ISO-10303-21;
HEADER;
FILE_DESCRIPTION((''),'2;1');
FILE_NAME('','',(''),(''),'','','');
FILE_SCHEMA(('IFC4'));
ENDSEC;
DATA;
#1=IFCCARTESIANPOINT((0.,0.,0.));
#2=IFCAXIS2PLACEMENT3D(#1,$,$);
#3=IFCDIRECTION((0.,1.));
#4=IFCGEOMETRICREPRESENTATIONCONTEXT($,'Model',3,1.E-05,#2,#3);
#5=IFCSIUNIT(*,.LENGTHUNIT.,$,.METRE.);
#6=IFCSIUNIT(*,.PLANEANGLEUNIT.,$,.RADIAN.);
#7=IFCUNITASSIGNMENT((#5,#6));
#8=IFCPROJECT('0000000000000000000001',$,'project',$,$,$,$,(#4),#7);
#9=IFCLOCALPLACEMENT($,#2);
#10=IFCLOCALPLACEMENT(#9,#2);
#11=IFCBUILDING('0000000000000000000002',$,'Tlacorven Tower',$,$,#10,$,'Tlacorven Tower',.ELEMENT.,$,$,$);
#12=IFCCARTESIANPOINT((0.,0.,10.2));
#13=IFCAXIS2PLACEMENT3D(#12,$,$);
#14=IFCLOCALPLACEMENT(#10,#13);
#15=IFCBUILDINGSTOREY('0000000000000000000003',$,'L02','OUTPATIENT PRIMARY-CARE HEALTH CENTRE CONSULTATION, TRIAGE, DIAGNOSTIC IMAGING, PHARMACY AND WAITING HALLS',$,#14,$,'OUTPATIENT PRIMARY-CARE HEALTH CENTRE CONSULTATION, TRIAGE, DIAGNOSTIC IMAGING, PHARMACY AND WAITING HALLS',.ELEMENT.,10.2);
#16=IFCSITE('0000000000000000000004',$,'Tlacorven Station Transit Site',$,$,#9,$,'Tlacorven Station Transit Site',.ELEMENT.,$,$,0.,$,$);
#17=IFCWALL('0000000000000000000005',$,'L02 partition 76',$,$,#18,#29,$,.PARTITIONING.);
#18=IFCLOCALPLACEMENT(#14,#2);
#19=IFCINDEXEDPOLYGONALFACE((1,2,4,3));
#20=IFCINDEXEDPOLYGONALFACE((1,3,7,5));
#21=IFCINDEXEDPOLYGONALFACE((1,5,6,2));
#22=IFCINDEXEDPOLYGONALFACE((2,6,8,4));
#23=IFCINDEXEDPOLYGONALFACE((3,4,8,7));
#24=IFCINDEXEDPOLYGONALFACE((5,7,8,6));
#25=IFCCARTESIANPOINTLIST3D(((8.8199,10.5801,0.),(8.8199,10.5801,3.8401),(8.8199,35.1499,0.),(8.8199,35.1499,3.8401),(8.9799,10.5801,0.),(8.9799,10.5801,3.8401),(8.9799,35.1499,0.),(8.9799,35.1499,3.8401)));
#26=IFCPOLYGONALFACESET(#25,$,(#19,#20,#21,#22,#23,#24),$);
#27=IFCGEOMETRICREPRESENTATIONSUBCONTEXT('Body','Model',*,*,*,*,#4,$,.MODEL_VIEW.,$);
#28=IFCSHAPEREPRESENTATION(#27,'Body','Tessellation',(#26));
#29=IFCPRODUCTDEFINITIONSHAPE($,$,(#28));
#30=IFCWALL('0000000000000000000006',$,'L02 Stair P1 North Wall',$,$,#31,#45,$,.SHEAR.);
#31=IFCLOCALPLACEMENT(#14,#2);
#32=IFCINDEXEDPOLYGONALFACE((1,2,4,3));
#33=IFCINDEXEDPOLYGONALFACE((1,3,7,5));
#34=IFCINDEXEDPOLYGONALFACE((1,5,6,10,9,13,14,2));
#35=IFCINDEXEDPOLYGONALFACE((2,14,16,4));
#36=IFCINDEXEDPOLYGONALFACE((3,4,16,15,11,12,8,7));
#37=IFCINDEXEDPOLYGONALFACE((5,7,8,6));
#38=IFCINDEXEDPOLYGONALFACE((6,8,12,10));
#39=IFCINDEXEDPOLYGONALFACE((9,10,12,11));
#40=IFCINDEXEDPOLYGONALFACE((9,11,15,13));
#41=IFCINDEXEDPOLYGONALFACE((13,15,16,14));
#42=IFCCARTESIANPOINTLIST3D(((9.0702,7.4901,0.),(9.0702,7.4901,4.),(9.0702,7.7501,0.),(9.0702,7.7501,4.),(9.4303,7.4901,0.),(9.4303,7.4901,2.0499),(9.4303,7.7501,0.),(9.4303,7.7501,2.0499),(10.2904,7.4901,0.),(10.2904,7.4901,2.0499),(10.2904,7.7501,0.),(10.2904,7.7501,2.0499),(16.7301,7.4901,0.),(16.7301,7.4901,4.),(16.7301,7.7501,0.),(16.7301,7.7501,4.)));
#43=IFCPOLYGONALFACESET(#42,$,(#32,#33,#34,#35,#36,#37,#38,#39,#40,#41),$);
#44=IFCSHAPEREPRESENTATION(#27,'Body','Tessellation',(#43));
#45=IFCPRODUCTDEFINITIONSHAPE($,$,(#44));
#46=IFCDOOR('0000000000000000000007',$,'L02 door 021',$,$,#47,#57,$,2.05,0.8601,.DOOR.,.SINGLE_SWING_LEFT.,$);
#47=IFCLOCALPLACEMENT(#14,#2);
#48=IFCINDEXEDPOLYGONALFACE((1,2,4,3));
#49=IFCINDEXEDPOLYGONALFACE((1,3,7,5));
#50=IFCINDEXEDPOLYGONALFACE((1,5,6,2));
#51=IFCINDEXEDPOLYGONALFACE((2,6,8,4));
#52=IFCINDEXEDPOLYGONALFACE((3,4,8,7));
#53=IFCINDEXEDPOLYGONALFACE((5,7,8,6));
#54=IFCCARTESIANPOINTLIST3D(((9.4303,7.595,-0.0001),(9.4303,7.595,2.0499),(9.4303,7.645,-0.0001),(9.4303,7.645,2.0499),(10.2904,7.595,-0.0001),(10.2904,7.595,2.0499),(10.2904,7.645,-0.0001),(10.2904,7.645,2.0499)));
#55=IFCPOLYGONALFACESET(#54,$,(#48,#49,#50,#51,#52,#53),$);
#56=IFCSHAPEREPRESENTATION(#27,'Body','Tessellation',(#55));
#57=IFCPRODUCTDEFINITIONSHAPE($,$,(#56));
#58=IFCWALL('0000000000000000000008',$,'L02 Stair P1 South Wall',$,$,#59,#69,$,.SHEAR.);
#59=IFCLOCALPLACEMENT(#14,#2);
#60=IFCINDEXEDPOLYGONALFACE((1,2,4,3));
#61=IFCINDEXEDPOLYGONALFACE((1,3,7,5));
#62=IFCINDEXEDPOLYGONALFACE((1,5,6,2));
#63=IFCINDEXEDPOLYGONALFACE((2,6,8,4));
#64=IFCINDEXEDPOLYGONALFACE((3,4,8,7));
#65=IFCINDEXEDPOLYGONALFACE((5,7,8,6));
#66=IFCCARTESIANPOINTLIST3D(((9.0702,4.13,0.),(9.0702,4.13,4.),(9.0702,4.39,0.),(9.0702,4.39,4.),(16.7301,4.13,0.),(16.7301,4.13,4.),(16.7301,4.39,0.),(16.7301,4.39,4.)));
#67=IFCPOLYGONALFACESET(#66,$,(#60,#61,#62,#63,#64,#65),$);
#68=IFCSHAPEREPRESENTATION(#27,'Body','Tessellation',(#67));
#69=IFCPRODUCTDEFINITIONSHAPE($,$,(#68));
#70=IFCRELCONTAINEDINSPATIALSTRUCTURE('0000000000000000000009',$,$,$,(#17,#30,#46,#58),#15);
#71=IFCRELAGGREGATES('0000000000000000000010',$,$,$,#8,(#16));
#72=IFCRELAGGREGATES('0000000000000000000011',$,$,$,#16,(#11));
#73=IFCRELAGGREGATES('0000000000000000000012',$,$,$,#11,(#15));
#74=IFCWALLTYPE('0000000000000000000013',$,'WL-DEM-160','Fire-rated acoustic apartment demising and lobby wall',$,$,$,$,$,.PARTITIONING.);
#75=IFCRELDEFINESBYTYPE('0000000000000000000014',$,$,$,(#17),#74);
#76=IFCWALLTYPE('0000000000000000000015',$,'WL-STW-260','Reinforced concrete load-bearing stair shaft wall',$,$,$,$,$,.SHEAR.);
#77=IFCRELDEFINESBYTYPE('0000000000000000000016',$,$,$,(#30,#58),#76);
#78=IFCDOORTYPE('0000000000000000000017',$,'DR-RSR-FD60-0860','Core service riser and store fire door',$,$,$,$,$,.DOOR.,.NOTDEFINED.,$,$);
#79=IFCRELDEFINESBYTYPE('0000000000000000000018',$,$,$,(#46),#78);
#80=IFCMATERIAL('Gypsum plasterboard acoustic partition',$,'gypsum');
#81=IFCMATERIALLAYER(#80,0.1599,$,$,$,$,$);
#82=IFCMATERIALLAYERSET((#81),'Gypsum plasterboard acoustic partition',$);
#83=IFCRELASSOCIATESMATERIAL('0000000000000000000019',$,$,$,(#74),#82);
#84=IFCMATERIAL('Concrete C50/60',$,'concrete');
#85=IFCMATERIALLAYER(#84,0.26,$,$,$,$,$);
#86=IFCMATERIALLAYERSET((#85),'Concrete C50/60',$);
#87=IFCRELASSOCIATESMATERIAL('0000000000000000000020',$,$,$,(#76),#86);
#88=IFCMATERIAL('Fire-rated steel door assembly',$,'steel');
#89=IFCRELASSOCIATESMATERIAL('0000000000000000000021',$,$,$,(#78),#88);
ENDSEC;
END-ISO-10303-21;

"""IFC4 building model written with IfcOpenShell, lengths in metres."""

from ifc_helpers import new_model, si_unit, direction, frame, frame_2d, origin, place, context, subcontext, project, spatial, rectangle, extrude, source, transform, mapped, material, layer, layer_set, type_object, element, fill, save


model = new_model("IFC4")

# Units and contexts
model_context = context("Model", 3, precision=1e-05, world=origin(), true_north=direction((0.0, 1.0)))
body_context = subcontext(model_context, "Body", "Model", "MODEL_VIEW")
ifc_project = project(units=[si_unit("LENGTHUNIT", "METRE"), si_unit("PLANEANGLEUNIT", "RADIAN")], contexts=[model_context])

# Site, building, storey
site_placement = place(None, origin())
site = spatial("IfcSite", under=ifc_project, at=site_placement, Name="Tlacorven Station Transit Site", LongName="Tlacorven Station Transit Site", CompositionType="ELEMENT", RefElevation=0.0)
building_placement = place(site_placement, origin())
building = spatial("IfcBuilding", under=site, at=building_placement, Name="Tlacorven Tower", LongName="Tlacorven Tower", CompositionType="ELEMENT")
storey_placement = place(building_placement, frame((0.0, 0.0, 10.2)))
storey = spatial("IfcBuildingStorey", under=building, at=storey_placement, Name="L02", Description="OUTPATIENT PRIMARY-CARE HEALTH CENTRE CONSULTATION, TRIAGE, DIAGNOSTIC IMAGING, PHARMACY AND WAITING HALLS", LongName="OUTPATIENT PRIMARY-CARE HEALTH CENTRE CONSULTATION, TRIAGE, DIAGNOSTIC IMAGING, PHARMACY AND WAITING HALLS", CompositionType="ELEMENT", Elevation=10.2)

# Shared definitions
ifc_material_1 = material(Name="Gypsum plasterboard acoustic partition", Category="gypsum")
ifc_layer_1 = layer(ifc_material_1, 0.1599)
ifc_layer_set_1 = layer_set([ifc_layer_1], Name="Gypsum plasterboard acoustic partition")
wall_type_1 = type_object("IfcWallType", Name="WL-DEM-160", Description="Fire-rated acoustic apartment demising and lobby wall", PredefinedType="PARTITIONING", material=ifc_layer_set_1)
ifc_material_2 = material(Name="Fire-rated steel door assembly", Category="steel")

# Wall
wall_1_placement = place(storey_placement, frame((8.8999, 10.5801, 0.0), z_axis=(0.0, 0.0, 1.0), x_axis=(0.0, 1.0, 0.0)))
element("IfcWall", 1, at=wall_1_placement, inside=storey, type_object=wall_type_1, Name="L02 partition 76", PredefinedType="PARTITIONING", context=body_context, shape_type="SweptSolid", body=[
    extrude(rectangle(XDim=24.5698, YDim=0.1599, at=frame_2d((12.2849, 0.0))), origin(), (0.0, 0.0, 1.0), 3.8401),
])

# Wall, opening, door
ifc_material_3 = material(Name="Concrete C50/60", Category="concrete")
ifc_layer_2 = layer(ifc_material_3, 0.26)
ifc_layer_set_2 = layer_set([ifc_layer_2], Name="Concrete C50/60")
wall_type_2 = type_object("IfcWallType", Name="WL-STW-260", Description="Reinforced concrete load-bearing stair shaft wall", PredefinedType="SHEAR", material=ifc_layer_set_2)
wall_2_placement = place(storey_placement, frame((9.0701, 7.6201, 0.0), z_axis=(0.0, 0.0, 1.0), x_axis=(1.0, 0.0, 0.0)))
wall_2 = element("IfcWall", 2, at=wall_2_placement, inside=storey, type_object=wall_type_2, Name="L02 Stair P1 North Wall", PredefinedType="SHEAR", context=body_context, shape_type="SweptSolid", body=[
    extrude(rectangle(XDim=7.6599, YDim=0.26, at=frame_2d((3.8301, 0.0))), origin(), (0.0, 0.0, 1.0), 4.0),
])
opening_1_placement = place(wall_2_placement, frame((0.3601, 0.0, 0.0)))
opening_1 = element("IfcOpeningElement", 3, at=opening_1_placement, cuts=wall_2, PredefinedType="OPENING", context=body_context, shape_type="SweptSolid", body=[
    extrude(rectangle(XDim=0.8601, YDim=2.05, at=frame_2d((0.4302, 1.0249))), frame((0.0, 0.1401, 0.0), z_axis=(0.0, -1.0, 0.0), x_axis=(1.0, 0.0, 0.0)), (0.0, 0.0, 1.0), 0.28),
])
door_type_1 = type_object("IfcDoorType", Name="DR-RSR-FD60-0860", Description="Core service riser and store fire door", OperationType="NOTDEFINED", PredefinedType="DOOR", material=ifc_material_2)
shared_shape_1 = source(origin(), body_context, "Body", "SweptSolid", [
    extrude(rectangle(XDim=0.8601, YDim=2.05, at=frame_2d((0.4302, 1.0249))), frame((0.0, 0.0249, 0.0), z_axis=(0.0, -1.0, 0.0), x_axis=(1.0, 0.0, 0.0)), (0.0, 0.0, 1.0), 0.05),
])
door_1_placement = place(opening_1_placement, origin())
door_1 = element("IfcDoor", 4, at=door_1_placement, inside=storey, type_object=door_type_1, Name="L02 door 021", OperationType="SINGLE_SWING_LEFT", OverallHeight=2.05, OverallWidth=0.8601, PredefinedType="DOOR", context=body_context, shape_type="MappedRepresentation", body=[
    mapped(shared_shape_1, transform((0.0, 0.0, 0.0), scale=1.0)),
])
fill(opening_1, door_1)

# Wall
wall_3_placement = place(storey_placement, frame((9.0701, 4.26, 0.0), z_axis=(0.0, 0.0, 1.0), x_axis=(1.0, 0.0, 0.0)))
element("IfcWall", 5, at=wall_3_placement, inside=storey, type_object=wall_type_2, Name="L02 Stair P1 South Wall", PredefinedType="SHEAR", context=body_context, shape_type="SweptSolid", body=[
    extrude(rectangle(XDim=7.6599, YDim=0.26, at=frame_2d((3.8301, 0.0))), origin(), (0.0, 0.0, 1.0), 4.0),
])

save(model, "model.ifc")
